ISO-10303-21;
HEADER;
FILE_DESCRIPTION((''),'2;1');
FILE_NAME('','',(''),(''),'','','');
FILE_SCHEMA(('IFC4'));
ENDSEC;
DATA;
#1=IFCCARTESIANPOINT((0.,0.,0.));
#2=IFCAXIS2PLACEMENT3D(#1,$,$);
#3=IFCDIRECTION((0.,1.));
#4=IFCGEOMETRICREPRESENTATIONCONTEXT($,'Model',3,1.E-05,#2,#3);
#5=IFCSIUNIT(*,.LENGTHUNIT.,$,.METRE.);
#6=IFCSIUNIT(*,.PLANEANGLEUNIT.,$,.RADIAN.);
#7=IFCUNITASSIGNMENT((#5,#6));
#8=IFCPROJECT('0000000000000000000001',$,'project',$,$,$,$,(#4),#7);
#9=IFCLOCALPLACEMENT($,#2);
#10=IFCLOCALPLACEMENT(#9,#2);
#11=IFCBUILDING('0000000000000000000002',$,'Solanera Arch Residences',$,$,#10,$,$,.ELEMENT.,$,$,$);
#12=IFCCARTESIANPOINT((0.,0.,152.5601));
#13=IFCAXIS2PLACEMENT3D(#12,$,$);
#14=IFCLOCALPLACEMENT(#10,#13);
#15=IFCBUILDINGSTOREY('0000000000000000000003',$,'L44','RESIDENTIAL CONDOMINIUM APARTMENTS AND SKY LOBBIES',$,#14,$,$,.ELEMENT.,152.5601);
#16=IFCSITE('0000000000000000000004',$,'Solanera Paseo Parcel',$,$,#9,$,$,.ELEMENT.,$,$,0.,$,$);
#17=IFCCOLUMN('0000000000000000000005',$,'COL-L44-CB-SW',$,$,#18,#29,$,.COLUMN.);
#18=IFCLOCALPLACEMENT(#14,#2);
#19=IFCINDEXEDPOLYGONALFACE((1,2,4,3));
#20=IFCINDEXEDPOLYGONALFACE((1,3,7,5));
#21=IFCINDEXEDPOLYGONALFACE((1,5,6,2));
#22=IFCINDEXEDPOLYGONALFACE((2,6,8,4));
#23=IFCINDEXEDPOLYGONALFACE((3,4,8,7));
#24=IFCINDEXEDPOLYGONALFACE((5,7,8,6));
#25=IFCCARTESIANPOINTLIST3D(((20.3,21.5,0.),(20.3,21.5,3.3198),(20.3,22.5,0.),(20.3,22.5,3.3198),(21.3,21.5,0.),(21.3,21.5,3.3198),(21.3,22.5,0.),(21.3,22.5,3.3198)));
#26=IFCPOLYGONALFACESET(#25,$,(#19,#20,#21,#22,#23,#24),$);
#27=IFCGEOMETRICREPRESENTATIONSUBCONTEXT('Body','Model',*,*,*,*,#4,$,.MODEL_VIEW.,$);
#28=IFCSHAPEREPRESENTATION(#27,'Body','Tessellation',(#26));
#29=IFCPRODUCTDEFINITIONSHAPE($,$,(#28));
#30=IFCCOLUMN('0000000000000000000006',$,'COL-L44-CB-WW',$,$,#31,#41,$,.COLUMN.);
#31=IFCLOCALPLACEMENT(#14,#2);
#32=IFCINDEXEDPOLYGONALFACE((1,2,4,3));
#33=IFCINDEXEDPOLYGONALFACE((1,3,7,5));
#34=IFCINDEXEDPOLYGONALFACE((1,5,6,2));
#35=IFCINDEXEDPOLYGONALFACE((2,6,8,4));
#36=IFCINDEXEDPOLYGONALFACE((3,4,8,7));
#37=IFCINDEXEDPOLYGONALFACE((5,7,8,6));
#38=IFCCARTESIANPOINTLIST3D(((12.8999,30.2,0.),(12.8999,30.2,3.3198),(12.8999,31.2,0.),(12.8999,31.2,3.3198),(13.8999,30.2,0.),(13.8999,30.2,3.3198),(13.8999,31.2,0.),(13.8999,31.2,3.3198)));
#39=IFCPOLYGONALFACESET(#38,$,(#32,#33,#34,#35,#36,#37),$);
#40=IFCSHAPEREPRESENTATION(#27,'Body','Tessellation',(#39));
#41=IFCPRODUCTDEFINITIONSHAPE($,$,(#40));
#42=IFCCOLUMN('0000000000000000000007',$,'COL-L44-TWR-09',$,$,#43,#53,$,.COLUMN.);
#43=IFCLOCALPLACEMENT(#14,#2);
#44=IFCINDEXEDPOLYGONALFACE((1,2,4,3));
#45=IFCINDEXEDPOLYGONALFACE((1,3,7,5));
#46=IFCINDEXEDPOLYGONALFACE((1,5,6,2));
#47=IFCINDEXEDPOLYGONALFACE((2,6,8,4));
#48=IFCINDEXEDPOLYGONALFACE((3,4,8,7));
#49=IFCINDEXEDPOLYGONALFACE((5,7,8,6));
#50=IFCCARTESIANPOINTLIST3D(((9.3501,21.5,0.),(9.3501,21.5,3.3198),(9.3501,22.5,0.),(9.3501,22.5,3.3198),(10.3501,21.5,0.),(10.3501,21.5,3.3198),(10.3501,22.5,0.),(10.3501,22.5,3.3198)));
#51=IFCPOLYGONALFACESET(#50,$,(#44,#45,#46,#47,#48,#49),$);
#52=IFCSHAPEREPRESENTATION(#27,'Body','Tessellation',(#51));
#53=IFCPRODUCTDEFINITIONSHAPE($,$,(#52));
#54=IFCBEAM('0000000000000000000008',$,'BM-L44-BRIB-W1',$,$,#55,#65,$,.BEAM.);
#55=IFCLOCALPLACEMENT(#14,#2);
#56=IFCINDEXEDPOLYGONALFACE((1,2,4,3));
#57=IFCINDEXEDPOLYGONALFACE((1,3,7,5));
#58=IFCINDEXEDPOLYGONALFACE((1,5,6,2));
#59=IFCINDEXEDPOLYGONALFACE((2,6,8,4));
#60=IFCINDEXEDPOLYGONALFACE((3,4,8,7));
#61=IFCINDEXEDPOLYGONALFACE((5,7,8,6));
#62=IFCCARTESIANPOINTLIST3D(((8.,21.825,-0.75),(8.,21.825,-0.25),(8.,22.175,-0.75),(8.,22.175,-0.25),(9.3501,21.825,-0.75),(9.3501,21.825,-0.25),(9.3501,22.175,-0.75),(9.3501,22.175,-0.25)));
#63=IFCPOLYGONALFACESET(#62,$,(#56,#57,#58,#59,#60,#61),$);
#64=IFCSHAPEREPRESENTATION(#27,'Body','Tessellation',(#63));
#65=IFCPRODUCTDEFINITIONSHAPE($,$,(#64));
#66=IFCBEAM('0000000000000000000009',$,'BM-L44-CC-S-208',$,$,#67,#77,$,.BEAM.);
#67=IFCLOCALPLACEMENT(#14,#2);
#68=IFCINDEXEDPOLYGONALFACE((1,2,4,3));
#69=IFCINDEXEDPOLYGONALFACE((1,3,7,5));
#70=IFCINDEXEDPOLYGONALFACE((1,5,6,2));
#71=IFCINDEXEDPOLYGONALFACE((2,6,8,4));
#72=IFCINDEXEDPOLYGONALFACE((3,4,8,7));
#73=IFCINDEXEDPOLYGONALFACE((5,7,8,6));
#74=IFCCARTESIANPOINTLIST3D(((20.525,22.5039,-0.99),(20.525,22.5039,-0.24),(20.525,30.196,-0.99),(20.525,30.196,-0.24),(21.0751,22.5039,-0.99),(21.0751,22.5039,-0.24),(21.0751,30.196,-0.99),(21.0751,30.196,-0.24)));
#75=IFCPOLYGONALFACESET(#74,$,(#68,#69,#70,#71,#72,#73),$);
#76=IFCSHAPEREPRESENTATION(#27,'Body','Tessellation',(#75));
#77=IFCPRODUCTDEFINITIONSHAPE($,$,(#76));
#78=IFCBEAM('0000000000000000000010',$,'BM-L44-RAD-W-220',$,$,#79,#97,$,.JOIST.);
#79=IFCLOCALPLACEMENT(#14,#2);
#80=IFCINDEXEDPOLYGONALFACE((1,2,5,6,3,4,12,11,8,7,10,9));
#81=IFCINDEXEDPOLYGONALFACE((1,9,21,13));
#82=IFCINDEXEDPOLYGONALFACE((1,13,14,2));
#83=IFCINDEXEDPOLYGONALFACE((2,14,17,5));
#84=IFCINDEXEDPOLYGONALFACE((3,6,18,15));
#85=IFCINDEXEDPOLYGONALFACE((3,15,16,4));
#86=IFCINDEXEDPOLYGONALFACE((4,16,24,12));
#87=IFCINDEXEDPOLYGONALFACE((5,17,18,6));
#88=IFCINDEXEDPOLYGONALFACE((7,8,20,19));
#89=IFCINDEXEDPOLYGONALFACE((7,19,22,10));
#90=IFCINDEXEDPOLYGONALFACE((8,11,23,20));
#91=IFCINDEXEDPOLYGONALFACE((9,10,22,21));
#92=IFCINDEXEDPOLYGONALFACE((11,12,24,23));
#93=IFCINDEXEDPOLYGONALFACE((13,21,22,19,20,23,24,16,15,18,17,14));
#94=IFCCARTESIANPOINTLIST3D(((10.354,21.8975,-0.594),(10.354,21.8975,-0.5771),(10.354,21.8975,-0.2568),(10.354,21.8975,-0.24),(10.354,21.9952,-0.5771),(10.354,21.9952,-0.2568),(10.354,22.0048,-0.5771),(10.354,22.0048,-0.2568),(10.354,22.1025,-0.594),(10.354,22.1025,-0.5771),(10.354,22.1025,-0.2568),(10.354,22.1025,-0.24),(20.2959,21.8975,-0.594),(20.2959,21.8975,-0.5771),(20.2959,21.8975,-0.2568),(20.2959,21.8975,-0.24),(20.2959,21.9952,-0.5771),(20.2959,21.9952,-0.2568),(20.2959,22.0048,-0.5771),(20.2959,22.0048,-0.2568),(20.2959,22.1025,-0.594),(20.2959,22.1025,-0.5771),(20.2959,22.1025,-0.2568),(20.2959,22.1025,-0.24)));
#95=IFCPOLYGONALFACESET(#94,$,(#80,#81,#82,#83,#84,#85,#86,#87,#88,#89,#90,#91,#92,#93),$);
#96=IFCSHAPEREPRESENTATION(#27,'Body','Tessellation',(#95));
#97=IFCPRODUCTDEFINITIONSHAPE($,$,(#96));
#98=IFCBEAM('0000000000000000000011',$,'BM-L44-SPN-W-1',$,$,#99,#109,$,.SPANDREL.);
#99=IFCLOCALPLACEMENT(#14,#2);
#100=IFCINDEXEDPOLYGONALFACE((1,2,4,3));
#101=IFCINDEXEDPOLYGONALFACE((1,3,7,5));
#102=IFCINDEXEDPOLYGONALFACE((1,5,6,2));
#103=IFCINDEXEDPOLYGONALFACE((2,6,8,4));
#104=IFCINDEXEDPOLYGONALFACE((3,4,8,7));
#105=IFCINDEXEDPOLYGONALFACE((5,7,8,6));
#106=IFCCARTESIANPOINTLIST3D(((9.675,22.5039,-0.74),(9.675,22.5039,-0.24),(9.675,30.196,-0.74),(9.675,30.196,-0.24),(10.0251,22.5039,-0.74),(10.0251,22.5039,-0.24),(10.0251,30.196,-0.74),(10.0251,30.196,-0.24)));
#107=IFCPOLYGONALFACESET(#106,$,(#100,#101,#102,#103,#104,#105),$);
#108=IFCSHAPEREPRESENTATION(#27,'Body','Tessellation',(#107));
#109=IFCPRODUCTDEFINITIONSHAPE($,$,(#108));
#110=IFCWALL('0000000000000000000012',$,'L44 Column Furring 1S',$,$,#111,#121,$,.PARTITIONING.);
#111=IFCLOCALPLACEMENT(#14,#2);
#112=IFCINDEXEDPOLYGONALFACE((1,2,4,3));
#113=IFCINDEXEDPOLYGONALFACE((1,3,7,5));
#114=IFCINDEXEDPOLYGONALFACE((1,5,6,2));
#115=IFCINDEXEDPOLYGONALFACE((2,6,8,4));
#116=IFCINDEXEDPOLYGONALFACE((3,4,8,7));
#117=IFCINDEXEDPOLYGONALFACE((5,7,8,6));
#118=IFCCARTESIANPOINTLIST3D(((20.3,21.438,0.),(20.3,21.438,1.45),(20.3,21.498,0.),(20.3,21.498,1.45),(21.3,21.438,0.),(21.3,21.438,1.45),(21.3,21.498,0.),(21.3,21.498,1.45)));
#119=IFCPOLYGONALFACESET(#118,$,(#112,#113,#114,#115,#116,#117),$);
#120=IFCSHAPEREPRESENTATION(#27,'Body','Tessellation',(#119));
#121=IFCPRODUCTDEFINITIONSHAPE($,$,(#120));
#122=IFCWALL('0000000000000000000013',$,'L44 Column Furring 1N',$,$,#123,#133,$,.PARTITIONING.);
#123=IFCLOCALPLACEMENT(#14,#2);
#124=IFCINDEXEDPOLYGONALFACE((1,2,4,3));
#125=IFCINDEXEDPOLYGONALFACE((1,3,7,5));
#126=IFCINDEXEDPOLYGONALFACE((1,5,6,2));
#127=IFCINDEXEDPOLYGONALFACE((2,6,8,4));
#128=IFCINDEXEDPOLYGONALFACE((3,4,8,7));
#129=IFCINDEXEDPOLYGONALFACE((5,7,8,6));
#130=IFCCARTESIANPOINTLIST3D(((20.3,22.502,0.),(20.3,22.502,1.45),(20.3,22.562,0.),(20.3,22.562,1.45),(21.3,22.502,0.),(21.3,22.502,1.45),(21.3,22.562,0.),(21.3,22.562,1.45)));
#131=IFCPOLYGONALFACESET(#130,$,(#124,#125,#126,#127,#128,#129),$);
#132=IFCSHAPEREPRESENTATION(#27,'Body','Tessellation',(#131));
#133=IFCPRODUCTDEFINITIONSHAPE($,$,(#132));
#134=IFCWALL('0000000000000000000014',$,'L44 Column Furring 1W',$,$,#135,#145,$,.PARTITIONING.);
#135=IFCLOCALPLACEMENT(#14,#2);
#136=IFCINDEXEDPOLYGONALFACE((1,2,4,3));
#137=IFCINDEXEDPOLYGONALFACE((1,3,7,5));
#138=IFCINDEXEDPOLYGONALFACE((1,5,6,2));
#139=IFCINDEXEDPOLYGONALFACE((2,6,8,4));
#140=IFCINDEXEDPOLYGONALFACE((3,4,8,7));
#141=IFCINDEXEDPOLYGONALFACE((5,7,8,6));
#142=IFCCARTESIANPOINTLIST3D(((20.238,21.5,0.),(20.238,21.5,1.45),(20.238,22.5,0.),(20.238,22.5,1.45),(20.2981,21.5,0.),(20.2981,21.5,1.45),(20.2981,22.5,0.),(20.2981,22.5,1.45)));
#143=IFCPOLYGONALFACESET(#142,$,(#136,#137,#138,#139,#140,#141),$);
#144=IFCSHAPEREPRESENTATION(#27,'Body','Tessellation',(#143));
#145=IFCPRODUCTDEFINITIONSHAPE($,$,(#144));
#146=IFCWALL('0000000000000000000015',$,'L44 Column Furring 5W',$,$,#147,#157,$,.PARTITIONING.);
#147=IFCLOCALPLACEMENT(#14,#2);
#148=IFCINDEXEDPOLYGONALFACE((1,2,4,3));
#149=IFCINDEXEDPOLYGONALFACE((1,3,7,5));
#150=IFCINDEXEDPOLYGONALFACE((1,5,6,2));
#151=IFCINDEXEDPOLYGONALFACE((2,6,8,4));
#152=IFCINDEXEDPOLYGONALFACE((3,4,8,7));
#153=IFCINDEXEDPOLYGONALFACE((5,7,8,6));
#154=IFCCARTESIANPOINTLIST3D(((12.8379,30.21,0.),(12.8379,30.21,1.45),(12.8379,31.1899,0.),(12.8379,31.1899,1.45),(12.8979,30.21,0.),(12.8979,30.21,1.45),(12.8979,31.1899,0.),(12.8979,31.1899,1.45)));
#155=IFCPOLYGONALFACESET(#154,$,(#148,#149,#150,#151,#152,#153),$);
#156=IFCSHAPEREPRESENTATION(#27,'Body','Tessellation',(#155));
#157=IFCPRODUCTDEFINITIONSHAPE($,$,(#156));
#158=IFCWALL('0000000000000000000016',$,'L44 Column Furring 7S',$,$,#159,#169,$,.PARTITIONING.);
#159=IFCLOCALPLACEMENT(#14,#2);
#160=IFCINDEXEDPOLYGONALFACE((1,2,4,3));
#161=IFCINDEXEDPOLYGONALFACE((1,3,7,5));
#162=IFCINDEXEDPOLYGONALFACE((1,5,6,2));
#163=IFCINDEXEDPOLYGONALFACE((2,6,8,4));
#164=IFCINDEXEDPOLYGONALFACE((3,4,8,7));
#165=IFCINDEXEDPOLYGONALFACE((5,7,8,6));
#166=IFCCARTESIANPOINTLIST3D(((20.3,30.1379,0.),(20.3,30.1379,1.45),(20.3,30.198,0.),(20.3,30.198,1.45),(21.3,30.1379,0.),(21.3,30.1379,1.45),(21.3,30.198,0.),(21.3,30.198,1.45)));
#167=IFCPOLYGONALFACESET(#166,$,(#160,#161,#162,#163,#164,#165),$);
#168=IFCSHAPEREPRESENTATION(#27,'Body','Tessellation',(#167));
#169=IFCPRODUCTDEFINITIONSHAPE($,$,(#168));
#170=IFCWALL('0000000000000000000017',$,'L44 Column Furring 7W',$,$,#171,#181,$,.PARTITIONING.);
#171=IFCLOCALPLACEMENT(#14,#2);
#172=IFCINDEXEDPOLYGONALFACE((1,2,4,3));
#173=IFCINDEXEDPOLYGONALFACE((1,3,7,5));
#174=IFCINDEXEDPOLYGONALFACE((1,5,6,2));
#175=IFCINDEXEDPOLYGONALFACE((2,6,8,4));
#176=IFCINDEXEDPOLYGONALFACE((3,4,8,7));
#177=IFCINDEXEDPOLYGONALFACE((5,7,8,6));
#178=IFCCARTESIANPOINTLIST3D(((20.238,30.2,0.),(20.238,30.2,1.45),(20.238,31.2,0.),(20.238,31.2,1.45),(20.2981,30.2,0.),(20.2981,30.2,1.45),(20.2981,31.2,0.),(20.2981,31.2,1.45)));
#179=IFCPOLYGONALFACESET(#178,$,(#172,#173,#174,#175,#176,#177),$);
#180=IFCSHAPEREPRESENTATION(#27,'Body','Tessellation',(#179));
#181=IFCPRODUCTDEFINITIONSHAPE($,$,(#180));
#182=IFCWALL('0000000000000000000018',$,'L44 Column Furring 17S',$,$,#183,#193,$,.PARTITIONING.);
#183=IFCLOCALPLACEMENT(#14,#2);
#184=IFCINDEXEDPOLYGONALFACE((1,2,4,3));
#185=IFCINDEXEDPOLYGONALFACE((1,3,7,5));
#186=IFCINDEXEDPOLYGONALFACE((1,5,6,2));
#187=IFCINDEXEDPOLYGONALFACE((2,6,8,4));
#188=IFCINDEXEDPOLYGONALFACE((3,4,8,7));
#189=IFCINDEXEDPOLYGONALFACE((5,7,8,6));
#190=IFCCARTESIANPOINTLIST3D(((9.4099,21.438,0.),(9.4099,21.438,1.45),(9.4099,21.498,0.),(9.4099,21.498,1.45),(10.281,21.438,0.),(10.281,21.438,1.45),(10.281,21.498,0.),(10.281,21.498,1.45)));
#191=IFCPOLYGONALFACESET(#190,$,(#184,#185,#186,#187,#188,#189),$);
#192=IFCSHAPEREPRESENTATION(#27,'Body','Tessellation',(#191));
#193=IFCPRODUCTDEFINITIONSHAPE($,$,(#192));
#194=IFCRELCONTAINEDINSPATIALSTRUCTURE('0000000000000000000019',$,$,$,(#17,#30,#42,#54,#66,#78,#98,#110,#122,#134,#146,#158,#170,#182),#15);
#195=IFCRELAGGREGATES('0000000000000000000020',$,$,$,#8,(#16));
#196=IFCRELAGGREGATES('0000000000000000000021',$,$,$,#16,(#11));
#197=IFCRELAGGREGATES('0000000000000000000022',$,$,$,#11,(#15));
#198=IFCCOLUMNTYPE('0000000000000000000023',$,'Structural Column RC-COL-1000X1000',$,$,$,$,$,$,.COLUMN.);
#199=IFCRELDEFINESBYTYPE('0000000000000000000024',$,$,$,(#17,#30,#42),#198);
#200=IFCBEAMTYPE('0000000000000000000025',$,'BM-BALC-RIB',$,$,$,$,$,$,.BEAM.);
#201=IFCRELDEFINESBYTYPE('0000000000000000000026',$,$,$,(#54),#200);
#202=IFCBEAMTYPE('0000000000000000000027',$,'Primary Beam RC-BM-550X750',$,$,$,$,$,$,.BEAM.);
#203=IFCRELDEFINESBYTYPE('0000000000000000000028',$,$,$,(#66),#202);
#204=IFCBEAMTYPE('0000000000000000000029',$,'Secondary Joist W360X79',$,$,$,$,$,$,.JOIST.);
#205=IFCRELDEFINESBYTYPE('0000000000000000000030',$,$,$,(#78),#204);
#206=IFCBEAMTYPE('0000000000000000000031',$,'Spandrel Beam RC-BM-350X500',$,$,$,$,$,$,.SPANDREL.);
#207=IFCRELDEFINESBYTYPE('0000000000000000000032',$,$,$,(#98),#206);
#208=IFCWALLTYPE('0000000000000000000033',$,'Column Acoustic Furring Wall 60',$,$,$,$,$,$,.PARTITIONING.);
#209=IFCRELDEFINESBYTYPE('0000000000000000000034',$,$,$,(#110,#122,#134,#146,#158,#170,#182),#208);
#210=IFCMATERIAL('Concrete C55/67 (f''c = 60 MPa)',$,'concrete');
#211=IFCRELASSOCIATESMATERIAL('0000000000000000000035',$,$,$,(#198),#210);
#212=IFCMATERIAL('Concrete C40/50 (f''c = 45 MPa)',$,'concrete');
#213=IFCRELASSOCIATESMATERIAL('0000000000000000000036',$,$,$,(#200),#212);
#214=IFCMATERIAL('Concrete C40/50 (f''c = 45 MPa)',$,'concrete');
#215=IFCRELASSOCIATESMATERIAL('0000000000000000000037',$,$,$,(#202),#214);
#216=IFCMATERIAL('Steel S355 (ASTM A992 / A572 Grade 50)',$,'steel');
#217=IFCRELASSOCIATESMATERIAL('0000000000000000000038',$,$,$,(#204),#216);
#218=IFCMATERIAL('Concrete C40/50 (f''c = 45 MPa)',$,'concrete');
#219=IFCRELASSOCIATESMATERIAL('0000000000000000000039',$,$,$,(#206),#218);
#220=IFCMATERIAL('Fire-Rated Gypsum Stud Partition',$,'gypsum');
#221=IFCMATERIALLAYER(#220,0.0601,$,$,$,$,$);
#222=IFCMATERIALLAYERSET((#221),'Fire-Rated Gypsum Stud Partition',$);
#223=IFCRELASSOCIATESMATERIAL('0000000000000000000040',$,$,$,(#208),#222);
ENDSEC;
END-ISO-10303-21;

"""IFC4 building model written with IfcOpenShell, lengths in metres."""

from ifc_helpers import new_model, si_unit, direction, frame, frame_2d, origin, origin_2d, place, context, subcontext, project, spatial, rectangle, i_section, extrude, material, layer, layer_set, material_profile, profile_set, type_object, element, save


model = new_model("IFC4")

# Units and contexts
model_context = context("Model", 3, precision=1e-05, world=origin(), true_north=direction((0.0, 1.0)))
body_context = subcontext(model_context, "Body", "Model", "MODEL_VIEW")
ifc_project = project(units=[si_unit("LENGTHUNIT", "METRE"), si_unit("PLANEANGLEUNIT", "RADIAN")], contexts=[model_context])

# Site, building, storey
site_placement = place(None, origin())
site = spatial("IfcSite", under=ifc_project, at=site_placement, Name="Solanera Paseo Parcel", CompositionType="ELEMENT", RefElevation=0.0)
building_placement = place(site_placement, origin())
building = spatial("IfcBuilding", under=site, at=building_placement, Name="Solanera Arch Residences", CompositionType="ELEMENT")
storey_placement = place(building_placement, frame((0.0, 0.0, 152.5601)))
storey = spatial("IfcBuildingStorey", under=building, at=storey_placement, Name="L44", Description="RESIDENTIAL CONDOMINIUM APARTMENTS AND SKY LOBBIES", CompositionType="ELEMENT", Elevation=152.5601)

# Columns
ifc_material_1 = material(Name="Concrete C55/67 (f'c = 60 MPa)", Category="concrete")
ifc_material_profile_1 = material_profile(ifc_material_1, rectangle(XDim=1.0, YDim=1.0, at=origin_2d()))
ifc_profile_set_1 = profile_set([ifc_material_profile_1], Name="Concrete C55/67 (f'c = 60 MPa)")
column_type = type_object("IfcColumnType", Name="Structural Column RC-COL-1000X1000", PredefinedType="COLUMN", material=ifc_profile_set_1)
for number, where, z_axis, x_axis, name in (
    (1, (20.8, 22.0, 0.0), (0.0, 0.0, 1.0), (1.0, 0.0, 0.0), "COL-L44-CB-SW"),
    (2, (13.3999, 30.7, 0.0), (0.0, 0.0, 1.0), (1.0, 0.0, 0.0), "COL-L44-CB-WW"),
    (3, (9.8501, 22.0, 0.0), (0.0, 0.0, 1.0), (1.0, 0.0, 0.0), "COL-L44-TWR-09"),
):
    element("IfcColumn", number, at=place(storey_placement, frame(where, z_axis=z_axis, x_axis=x_axis)), inside=storey, type_object=column_type, Name=name, PredefinedType="COLUMN", context=body_context, shape_type="SweptSolid", body=[
        extrude(rectangle(XDim=1.0, YDim=1.0, at=origin_2d()), origin(), (0.0, 0.0, 1.0), 3.3198),
    ])

# Beams
ifc_material_2 = material(Name="Concrete C40/50 (f'c = 45 MPa)", Category="concrete")
ifc_material_profile_2 = material_profile(ifc_material_2, rectangle(XDim=0.3501, YDim=0.5, at=origin_2d()))
ifc_profile_set_2 = profile_set([ifc_material_profile_2], Name="Concrete C40/50 (f'c = 45 MPa)")
beam_type_1 = type_object("IfcBeamType", Name="BM-BALC-RIB", PredefinedType="BEAM", material=ifc_profile_set_2)
beam_1_placement = place(storey_placement, frame((8.0, 22.0, -0.5), z_axis=(1.0, 0.0, 0.0), x_axis=(0.0, 1.0, 0.0)))
element("IfcBeam", 4, at=beam_1_placement, inside=storey, type_object=beam_type_1, Name="BM-L44-BRIB-W1", PredefinedType="BEAM", context=body_context, shape_type="SweptSolid", body=[
    extrude(rectangle(XDim=0.3501, YDim=0.5, at=origin_2d()), origin(), (0.0, 0.0, 1.0), 1.3501),
])
ifc_material_3 = material(Name="Concrete C40/50 (f'c = 45 MPa)", Category="concrete")
ifc_material_profile_3 = material_profile(ifc_material_3, rectangle(XDim=0.55, YDim=0.75, at=origin_2d()))
ifc_profile_set_3 = profile_set([ifc_material_profile_3], Name="Concrete C40/50 (f'c = 45 MPa)")
beam_type_2 = type_object("IfcBeamType", Name="Primary Beam RC-BM-550X750", PredefinedType="BEAM", material=ifc_profile_set_3)
beam_2_placement = place(storey_placement, frame((20.8, 22.5039, -0.615), z_axis=(0.0, 1.0, 0.0), x_axis=(-1.0, 0.0, 0.0)))
element("IfcBeam", 5, at=beam_2_placement, inside=storey, type_object=beam_type_2, Name="BM-L44-CC-S-208", PredefinedType="BEAM", context=body_context, shape_type="SweptSolid", body=[
    extrude(rectangle(XDim=0.55, YDim=0.75, at=origin_2d()), origin(), (0.0, 0.0, 1.0), 7.6921),
])
ifc_material_4 = material(Name="Steel S355 (ASTM A992 / A572 Grade 50)", Category="steel")
ifc_material_profile_4 = material_profile(ifc_material_4, i_section(OverallWidth=0.2051, OverallDepth=0.354, WebThickness=0.0095, FlangeThickness=0.0168, at=origin_2d()))
ifc_profile_set_4 = profile_set([ifc_material_profile_4], Name="Steel S355 (ASTM A992 / A572 Grade 50)")
beam_type_3 = type_object("IfcBeamType", Name="Secondary Joist W360X79", PredefinedType="JOIST", material=ifc_profile_set_4)
beam_3_placement = place(storey_placement, frame((10.354, 22.0, -0.417), z_axis=(1.0, 0.0, 0.0), x_axis=(0.0, 1.0, 0.0)))
element("IfcBeam", 6, at=beam_3_placement, inside=storey, type_object=beam_type_3, Name="BM-L44-RAD-W-220", PredefinedType="JOIST", context=body_context, shape_type="SweptSolid", body=[
    extrude(i_section(OverallWidth=0.2051, OverallDepth=0.354, WebThickness=0.0095, FlangeThickness=0.0168, at=origin_2d()), origin(), (0.0, 0.0, 1.0), 9.9419),
])
ifc_material_5 = material(Name="Concrete C40/50 (f'c = 45 MPa)", Category="concrete")
ifc_material_profile_5 = material_profile(ifc_material_5, rectangle(XDim=0.3501, YDim=0.5, at=origin_2d()))
ifc_profile_set_5 = profile_set([ifc_material_profile_5], Name="Concrete C40/50 (f'c = 45 MPa)")
beam_type_4 = type_object("IfcBeamType", Name="Spandrel Beam RC-BM-350X500", PredefinedType="SPANDREL", material=ifc_profile_set_5)
beam_4_placement = place(storey_placement, frame((9.8501, 22.5039, -0.49), z_axis=(0.0, 1.0, 0.0), x_axis=(-1.0, 0.0, 0.0)))
element("IfcBeam", 7, at=beam_4_placement, inside=storey, type_object=beam_type_4, Name="BM-L44-SPN-W-1", PredefinedType="SPANDREL", context=body_context, shape_type="SweptSolid", body=[
    extrude(rectangle(XDim=0.3501, YDim=0.5, at=origin_2d()), origin(), (0.0, 0.0, 1.0), 7.6921),
])

# Walls
ifc_material_6 = material(Name="Fire-Rated Gypsum Stud Partition", Category="gypsum")
ifc_layer_1 = layer(ifc_material_6, 0.0601)
ifc_layer_set_1 = layer_set([ifc_layer_1], Name="Fire-Rated Gypsum Stud Partition")
wall_type_1 = type_object("IfcWallType", Name="Column Acoustic Furring Wall 60", PredefinedType="PARTITIONING", material=ifc_layer_set_1)
for number, where, z_axis, x_axis, name in (
    (8, (20.3, 21.468, 0.0), (0.0, 0.0, 1.0), (1.0, 0.0, 0.0), "L44 Column Furring 1S"),
    (9, (20.3, 22.532, 0.0), (0.0, 0.0, 1.0), (1.0, 0.0, 0.0), "L44 Column Furring 1N"),
    (10, (20.2681, 21.5, 0.0), (0.0, 0.0, 1.0), (0.0, 1.0, 0.0), "L44 Column Furring 1W"),
):
    element("IfcWall", number, at=place(storey_placement, frame(where, z_axis=z_axis, x_axis=x_axis)), inside=storey, type_object=wall_type_1, Name=name, PredefinedType="PARTITIONING", context=body_context, shape_type="SweptSolid", body=[
        extrude(rectangle(XDim=1.0, YDim=0.0601, at=frame_2d((0.5, 0.0))), origin(), (0.0, 0.0, 1.0), 1.45),
    ])
wall_1_placement = place(storey_placement, frame((12.8679, 30.21, 0.0), z_axis=(0.0, 0.0, 1.0), x_axis=(0.0, 1.0, 0.0)))
element("IfcWall", 11, at=wall_1_placement, inside=storey, type_object=wall_type_1, Name="L44 Column Furring 5W", PredefinedType="PARTITIONING", context=body_context, shape_type="SweptSolid", body=[
    extrude(rectangle(XDim=0.98, YDim=0.0601, at=frame_2d((0.49, 0.0))), origin(), (0.0, 0.0, 1.0), 1.45),
])
for number, where, z_axis, x_axis, name in (
    (12, (20.3, 30.168, 0.0), (0.0, 0.0, 1.0), (1.0, 0.0, 0.0), "L44 Column Furring 7S"),
    (13, (20.2681, 30.2, 0.0), (0.0, 0.0, 1.0), (0.0, 1.0, 0.0), "L44 Column Furring 7W"),
):
    element("IfcWall", number, at=place(storey_placement, frame(where, z_axis=z_axis, x_axis=x_axis)), inside=storey, type_object=wall_type_1, Name=name, PredefinedType="PARTITIONING", context=body_context, shape_type="SweptSolid", body=[
        extrude(rectangle(XDim=1.0, YDim=0.0601, at=frame_2d((0.5, 0.0))), origin(), (0.0, 0.0, 1.0), 1.45),
    ])
wall_2_placement = place(storey_placement, frame((9.4099, 21.468, 0.0), z_axis=(0.0, 0.0, 1.0), x_axis=(1.0, 0.0, 0.0)))
element("IfcWall", 14, at=wall_2_placement, inside=storey, type_object=wall_type_1, Name="L44 Column Furring 17S", PredefinedType="PARTITIONING", context=body_context, shape_type="SweptSolid", body=[
    extrude(rectangle(XDim=0.8711, YDim=0.0601, at=frame_2d((0.4355, 0.0))), origin(), (0.0, 0.0, 1.0), 1.45),
])

save(model, "model.ifc")
